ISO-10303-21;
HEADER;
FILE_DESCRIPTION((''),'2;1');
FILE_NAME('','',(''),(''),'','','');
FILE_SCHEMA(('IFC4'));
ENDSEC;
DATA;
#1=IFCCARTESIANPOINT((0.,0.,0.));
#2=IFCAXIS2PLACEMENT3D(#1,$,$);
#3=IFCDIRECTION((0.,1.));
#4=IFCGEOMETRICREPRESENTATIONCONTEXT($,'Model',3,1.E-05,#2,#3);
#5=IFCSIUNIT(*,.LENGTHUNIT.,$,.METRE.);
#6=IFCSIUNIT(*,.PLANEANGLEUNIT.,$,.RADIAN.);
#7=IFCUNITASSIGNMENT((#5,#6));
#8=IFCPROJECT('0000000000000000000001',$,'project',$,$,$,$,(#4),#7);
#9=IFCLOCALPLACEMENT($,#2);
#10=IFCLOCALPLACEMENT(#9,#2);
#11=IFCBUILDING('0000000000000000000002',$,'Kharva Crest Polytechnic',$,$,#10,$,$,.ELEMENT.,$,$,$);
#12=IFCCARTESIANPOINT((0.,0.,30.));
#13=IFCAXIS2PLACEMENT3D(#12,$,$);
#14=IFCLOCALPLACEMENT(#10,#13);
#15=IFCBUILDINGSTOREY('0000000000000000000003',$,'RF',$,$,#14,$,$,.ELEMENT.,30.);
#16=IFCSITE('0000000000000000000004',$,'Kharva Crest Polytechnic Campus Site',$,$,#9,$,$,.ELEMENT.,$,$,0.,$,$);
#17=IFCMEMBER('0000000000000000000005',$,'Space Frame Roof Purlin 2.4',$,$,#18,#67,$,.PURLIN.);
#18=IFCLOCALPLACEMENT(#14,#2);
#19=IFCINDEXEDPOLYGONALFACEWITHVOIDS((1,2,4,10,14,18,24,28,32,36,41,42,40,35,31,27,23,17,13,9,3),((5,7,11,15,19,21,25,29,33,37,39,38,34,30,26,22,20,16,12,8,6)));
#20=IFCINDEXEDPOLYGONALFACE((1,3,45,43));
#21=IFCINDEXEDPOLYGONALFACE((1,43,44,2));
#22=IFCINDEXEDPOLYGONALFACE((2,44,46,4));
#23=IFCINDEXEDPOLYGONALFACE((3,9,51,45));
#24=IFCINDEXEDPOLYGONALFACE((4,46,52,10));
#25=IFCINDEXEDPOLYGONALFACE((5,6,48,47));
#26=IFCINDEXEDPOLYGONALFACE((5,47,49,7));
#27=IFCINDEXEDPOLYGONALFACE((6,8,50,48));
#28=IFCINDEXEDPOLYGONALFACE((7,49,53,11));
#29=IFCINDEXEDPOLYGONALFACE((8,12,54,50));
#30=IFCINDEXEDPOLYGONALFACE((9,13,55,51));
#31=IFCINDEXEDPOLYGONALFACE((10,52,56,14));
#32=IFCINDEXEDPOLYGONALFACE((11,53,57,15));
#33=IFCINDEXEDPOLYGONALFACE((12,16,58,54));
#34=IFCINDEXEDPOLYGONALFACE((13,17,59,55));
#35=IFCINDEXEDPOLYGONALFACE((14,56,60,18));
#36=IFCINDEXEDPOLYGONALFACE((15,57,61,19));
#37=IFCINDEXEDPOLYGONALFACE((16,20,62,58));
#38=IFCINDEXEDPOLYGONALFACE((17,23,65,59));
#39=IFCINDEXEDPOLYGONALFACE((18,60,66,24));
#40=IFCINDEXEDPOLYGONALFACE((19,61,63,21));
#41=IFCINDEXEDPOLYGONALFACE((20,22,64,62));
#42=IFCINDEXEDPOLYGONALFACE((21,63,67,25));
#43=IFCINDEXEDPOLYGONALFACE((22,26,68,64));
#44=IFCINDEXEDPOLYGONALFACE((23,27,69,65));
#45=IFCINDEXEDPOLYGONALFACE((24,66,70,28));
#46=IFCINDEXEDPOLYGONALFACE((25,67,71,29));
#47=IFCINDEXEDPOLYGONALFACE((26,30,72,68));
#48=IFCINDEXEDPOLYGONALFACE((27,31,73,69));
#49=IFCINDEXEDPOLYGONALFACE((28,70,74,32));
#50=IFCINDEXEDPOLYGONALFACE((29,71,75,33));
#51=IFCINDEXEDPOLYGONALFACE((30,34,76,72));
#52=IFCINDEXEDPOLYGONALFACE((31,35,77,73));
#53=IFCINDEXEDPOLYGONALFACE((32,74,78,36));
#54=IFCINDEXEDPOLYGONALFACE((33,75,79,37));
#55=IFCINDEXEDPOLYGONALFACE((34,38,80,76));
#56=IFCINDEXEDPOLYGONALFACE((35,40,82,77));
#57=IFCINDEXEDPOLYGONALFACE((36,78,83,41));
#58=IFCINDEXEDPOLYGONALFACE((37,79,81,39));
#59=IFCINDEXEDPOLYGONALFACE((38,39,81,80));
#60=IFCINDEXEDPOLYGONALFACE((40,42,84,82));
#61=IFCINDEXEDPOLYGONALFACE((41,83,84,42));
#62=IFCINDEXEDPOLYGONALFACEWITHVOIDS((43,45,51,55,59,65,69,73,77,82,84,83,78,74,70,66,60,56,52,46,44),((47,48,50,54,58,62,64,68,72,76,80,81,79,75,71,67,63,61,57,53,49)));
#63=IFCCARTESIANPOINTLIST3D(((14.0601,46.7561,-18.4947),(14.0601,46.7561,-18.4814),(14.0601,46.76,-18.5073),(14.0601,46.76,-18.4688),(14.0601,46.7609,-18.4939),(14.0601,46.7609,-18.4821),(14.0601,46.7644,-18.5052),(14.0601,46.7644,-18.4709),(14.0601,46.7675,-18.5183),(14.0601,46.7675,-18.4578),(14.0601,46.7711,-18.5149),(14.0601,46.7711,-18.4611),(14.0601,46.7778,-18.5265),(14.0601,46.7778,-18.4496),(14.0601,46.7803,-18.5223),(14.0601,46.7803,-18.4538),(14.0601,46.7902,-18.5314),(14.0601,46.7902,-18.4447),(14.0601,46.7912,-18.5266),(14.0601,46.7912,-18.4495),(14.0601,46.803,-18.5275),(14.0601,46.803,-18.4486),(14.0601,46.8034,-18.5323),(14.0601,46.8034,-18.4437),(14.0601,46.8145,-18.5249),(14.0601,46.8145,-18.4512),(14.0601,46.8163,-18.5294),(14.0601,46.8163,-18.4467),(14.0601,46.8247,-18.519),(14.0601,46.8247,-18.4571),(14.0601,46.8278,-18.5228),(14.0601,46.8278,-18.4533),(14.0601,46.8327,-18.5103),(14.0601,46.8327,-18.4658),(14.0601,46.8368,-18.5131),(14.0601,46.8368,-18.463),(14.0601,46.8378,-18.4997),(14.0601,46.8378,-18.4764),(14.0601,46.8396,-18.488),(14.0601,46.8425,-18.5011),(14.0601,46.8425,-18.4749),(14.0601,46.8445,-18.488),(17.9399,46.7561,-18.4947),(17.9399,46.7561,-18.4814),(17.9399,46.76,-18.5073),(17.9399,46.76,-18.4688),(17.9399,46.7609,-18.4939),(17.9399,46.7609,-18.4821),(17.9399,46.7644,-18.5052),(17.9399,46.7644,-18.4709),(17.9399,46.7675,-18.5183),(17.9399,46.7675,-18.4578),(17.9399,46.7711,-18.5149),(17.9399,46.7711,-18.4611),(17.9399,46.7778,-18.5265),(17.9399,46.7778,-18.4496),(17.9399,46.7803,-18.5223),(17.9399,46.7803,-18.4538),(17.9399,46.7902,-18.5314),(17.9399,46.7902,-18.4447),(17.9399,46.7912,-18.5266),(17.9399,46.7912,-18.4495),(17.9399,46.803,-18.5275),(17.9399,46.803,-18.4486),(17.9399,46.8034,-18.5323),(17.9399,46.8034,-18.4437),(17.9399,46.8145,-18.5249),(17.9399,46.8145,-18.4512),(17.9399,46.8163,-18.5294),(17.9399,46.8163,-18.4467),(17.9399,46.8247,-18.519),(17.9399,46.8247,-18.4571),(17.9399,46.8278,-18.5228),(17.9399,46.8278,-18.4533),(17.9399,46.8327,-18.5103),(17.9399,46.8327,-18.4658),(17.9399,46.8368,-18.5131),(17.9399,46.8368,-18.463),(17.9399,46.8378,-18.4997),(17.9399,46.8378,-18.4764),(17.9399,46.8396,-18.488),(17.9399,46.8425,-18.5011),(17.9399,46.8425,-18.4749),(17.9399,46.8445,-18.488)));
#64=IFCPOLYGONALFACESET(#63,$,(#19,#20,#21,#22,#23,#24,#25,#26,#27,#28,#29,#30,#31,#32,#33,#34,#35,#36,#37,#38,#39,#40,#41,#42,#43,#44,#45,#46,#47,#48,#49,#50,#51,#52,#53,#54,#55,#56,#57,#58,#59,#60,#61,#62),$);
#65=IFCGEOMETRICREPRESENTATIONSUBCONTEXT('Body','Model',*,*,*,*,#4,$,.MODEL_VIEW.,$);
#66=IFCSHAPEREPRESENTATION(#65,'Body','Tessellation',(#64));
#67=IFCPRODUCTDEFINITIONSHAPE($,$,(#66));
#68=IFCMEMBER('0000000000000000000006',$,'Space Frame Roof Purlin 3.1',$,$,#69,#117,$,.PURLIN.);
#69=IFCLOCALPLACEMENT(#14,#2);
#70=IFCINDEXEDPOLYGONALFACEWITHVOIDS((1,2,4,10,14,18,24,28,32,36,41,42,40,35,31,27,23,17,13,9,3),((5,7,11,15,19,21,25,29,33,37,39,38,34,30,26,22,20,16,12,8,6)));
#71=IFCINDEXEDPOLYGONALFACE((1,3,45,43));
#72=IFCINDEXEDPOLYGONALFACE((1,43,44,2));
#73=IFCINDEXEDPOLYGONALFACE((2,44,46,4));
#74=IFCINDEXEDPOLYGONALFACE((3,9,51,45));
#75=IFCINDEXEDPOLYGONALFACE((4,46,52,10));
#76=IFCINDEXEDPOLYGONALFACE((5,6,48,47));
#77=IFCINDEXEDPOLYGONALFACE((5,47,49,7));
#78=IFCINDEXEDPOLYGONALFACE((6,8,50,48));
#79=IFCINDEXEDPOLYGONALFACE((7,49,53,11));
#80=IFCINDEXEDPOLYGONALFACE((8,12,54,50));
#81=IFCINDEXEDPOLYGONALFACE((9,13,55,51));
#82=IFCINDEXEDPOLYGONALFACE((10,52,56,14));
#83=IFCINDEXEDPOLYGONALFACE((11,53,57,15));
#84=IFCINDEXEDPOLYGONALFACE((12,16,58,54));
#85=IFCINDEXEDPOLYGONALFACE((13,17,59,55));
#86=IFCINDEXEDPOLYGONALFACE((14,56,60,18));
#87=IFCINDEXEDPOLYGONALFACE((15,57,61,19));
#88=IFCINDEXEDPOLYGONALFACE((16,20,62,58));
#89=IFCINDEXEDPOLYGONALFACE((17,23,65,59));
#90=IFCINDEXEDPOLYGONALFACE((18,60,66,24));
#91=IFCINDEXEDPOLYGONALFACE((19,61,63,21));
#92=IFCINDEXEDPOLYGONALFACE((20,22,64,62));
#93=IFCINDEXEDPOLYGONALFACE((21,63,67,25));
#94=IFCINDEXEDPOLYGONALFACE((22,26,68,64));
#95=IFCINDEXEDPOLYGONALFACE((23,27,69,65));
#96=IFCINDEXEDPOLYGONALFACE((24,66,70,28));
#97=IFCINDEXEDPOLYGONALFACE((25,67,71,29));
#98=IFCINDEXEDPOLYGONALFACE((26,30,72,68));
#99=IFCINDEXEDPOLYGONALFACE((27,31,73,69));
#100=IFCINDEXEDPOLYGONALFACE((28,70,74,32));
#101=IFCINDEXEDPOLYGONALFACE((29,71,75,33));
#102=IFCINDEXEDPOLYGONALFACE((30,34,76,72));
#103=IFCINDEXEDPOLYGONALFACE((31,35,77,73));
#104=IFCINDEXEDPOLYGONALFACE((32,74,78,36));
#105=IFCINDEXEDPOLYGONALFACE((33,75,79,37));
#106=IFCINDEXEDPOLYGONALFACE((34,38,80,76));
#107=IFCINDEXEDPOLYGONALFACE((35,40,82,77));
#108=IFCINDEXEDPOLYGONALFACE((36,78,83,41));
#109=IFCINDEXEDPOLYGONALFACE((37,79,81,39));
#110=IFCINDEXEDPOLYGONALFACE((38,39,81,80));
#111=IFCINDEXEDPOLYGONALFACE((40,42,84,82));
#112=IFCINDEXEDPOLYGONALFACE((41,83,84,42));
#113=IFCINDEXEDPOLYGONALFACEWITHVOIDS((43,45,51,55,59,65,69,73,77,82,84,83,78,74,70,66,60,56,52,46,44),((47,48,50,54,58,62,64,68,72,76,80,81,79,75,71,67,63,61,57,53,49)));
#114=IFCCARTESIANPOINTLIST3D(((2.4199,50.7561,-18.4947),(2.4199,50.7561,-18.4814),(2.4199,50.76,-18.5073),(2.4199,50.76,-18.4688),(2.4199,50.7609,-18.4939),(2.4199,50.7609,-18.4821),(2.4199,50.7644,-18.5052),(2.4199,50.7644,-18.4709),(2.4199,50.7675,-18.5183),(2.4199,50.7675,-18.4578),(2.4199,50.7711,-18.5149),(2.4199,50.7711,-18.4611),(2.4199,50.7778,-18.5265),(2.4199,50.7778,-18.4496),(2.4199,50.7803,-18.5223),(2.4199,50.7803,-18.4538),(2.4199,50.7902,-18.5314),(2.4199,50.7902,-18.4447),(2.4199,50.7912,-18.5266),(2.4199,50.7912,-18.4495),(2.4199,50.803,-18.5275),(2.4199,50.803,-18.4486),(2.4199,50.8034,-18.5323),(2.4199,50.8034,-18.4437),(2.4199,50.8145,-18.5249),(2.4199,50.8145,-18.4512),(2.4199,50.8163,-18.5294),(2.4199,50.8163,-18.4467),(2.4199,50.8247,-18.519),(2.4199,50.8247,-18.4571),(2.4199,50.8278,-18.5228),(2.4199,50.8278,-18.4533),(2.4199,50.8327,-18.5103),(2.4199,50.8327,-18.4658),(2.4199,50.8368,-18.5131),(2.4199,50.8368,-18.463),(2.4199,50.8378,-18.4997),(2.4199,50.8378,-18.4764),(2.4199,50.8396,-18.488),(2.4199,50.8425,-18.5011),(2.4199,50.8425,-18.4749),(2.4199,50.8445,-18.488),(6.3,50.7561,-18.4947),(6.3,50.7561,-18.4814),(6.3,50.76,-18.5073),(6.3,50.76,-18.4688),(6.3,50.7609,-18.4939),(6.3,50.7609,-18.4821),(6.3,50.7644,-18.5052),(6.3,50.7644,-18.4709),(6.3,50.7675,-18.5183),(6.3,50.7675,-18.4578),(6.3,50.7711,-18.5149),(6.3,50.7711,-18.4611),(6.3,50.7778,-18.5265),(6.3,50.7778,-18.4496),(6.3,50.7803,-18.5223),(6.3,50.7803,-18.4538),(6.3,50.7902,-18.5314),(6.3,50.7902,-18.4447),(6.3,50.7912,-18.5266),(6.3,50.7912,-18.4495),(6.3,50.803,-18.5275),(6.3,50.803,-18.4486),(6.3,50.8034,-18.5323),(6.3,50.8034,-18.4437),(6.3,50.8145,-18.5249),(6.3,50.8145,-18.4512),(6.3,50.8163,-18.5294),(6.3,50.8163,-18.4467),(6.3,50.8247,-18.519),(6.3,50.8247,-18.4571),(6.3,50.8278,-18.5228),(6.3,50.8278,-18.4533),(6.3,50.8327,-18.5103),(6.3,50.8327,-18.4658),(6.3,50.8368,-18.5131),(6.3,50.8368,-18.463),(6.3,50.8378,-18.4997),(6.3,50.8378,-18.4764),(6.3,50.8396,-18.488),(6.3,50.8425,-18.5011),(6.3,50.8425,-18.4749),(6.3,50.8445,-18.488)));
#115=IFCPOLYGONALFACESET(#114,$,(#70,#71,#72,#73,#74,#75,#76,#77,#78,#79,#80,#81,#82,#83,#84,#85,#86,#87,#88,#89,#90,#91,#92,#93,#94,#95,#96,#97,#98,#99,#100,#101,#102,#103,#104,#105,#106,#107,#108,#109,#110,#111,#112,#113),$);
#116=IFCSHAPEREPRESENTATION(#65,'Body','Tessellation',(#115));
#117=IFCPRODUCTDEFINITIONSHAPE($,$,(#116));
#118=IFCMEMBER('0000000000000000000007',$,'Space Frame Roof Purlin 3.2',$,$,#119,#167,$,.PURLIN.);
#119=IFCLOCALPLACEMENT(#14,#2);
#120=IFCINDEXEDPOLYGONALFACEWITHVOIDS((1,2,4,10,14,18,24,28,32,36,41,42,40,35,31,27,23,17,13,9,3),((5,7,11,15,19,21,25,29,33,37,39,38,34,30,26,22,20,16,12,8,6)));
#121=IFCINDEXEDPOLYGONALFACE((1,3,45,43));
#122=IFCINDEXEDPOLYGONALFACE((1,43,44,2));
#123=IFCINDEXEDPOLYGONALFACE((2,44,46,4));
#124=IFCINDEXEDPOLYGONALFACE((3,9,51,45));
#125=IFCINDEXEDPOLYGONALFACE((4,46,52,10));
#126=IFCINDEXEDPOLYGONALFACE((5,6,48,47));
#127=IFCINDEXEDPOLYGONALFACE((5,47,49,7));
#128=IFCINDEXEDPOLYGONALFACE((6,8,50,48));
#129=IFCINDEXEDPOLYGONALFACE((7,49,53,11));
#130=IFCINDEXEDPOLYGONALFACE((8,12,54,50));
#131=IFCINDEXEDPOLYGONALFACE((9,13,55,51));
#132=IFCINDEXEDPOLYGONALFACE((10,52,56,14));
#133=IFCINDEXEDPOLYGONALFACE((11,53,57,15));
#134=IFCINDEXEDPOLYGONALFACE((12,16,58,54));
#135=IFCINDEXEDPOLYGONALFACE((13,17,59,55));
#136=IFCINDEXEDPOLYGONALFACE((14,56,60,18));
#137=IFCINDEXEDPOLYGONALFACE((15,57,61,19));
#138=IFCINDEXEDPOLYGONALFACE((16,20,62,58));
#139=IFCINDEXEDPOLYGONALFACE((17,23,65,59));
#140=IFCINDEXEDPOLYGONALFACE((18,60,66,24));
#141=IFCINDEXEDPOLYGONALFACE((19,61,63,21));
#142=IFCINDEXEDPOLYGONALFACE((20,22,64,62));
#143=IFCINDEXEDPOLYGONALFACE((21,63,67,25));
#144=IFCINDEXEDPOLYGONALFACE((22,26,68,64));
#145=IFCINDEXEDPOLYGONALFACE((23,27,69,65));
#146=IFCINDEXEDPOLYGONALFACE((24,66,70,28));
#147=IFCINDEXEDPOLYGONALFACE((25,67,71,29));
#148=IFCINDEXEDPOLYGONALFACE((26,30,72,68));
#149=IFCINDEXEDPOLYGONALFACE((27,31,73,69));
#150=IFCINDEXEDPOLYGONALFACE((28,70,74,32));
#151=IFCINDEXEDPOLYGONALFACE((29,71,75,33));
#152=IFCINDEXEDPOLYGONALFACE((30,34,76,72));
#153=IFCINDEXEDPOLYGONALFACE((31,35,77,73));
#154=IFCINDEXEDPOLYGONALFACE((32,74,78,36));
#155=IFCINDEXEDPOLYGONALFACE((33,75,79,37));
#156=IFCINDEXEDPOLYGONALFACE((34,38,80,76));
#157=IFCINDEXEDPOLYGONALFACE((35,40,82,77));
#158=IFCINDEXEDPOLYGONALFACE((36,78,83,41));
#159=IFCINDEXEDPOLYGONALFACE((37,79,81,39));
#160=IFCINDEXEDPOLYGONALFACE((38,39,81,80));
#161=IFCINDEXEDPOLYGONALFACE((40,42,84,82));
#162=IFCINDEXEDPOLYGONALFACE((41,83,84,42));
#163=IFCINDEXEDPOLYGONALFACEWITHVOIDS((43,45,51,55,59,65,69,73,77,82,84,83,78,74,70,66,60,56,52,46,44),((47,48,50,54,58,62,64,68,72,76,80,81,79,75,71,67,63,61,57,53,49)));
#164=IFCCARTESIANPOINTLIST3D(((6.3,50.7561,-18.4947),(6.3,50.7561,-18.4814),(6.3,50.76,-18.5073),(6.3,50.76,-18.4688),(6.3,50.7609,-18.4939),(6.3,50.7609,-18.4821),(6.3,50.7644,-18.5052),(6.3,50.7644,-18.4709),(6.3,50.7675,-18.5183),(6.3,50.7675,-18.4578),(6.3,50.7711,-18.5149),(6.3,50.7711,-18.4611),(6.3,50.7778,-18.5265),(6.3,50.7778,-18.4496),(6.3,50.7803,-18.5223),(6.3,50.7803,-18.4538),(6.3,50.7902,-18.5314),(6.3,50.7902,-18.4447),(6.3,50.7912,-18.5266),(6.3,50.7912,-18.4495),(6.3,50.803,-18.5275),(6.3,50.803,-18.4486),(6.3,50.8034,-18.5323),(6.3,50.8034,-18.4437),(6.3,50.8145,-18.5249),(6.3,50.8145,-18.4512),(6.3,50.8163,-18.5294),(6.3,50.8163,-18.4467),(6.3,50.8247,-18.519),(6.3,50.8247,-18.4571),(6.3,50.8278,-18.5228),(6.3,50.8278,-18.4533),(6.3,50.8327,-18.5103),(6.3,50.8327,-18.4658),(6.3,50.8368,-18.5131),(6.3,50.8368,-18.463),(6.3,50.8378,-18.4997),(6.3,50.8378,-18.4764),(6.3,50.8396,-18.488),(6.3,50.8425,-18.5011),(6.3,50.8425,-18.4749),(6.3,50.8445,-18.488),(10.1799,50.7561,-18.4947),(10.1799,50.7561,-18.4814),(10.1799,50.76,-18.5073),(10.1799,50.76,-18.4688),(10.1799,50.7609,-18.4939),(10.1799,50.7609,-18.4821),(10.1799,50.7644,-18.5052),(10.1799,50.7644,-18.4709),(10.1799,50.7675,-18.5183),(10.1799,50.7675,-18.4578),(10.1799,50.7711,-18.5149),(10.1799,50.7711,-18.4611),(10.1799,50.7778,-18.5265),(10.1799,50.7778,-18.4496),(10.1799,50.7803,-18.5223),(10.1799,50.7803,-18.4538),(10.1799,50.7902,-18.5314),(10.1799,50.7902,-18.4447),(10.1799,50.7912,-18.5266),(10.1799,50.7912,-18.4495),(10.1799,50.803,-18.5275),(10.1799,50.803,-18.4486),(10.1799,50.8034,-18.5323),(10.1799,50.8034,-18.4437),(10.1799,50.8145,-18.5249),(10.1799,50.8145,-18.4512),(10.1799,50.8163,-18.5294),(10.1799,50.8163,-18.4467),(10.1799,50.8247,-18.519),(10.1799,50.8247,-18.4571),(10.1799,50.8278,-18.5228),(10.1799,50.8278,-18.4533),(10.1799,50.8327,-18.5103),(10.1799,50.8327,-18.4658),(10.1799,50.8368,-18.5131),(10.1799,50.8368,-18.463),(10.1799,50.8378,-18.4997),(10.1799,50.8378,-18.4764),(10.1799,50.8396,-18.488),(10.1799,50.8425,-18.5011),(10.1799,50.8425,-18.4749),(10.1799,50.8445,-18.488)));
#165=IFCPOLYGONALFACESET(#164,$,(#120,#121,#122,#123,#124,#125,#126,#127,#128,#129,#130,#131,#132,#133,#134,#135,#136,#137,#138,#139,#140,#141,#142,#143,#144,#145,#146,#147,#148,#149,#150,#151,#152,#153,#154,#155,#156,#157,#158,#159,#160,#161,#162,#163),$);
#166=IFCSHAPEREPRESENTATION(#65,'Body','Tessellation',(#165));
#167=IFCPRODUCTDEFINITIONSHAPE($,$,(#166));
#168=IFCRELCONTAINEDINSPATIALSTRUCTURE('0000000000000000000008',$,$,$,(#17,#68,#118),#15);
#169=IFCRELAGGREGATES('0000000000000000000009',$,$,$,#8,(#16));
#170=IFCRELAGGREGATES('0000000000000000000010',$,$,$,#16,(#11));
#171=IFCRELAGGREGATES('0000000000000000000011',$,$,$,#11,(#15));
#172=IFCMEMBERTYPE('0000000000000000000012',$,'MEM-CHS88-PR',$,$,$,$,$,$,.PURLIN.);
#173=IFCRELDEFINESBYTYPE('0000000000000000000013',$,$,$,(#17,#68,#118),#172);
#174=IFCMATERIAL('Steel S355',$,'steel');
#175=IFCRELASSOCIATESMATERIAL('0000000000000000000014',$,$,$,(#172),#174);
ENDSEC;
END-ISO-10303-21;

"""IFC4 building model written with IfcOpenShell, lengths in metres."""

from ifc_helpers import new_model, si_unit, direction, frame, origin, origin_2d, place, context, subcontext, project, spatial, hollow_circle, extrude, material, material_profile, profile_set, type_object, element, save


model = new_model("IFC4")

# Units and contexts
model_context = context("Model", 3, precision=1e-05, world=origin(), true_north=direction((0.0, 1.0)))
body_context = subcontext(model_context, "Body", "Model", "MODEL_VIEW")
ifc_project = project(units=[si_unit("LENGTHUNIT", "METRE"), si_unit("PLANEANGLEUNIT", "RADIAN")], contexts=[model_context])

# Site, building, storey
site_placement = place(None, origin())
site = spatial("IfcSite", under=ifc_project, at=site_placement, Name="Kharva Crest Polytechnic Campus Site", CompositionType="ELEMENT", RefElevation=0.0)
building_placement = place(site_placement, origin())
building = spatial("IfcBuilding", under=site, at=building_placement, Name="Kharva Crest Polytechnic", CompositionType="ELEMENT")
storey_placement = place(building_placement, frame((0.0, 0.0, 30.0)))
storey = spatial("IfcBuildingStorey", under=building, at=storey_placement, Name="RF", CompositionType="ELEMENT", Elevation=30.0)

# Members
ifc_material = material(Name="Steel S355", Category="steel")
ifc_material_profile = material_profile(ifc_material, hollow_circle(Radius=0.0444, WallThickness=0.0049, at=origin_2d()), Name="CHS 88.9X5.0")
ifc_profile_set = profile_set([ifc_material_profile], Name="Steel S355")
member_type = type_object("IfcMemberType", Name="MEM-CHS88-PR", PredefinedType="PURLIN", material=ifc_profile_set)
member_1_placement = place(storey_placement, frame((14.0601, 46.8, -18.488), z_axis=(1.0, 0.0, 0.0), x_axis=(0.0, 1.0, 0.0)))
element("IfcMember", 1, at=member_1_placement, inside=storey, type_object=member_type, Name="Space Frame Roof Purlin 2.4", PredefinedType="PURLIN", context=body_context, shape_type="SweptSolid", body=[
    extrude(hollow_circle(Radius=0.0444, WallThickness=0.0049, at=origin_2d()), origin(), (0.0, 0.0, 1.0), 3.8799),
])
member_2_placement = place(storey_placement, frame((2.4199, 50.8, -18.488), z_axis=(1.0, 0.0, 0.0), x_axis=(0.0, 1.0, 0.0)))
element("IfcMember", 2, at=member_2_placement, inside=storey, type_object=member_type, Name="Space Frame Roof Purlin 3.1", PredefinedType="PURLIN", context=body_context, shape_type="SweptSolid", body=[
    extrude(hollow_circle(Radius=0.0444, WallThickness=0.0049, at=origin_2d()), origin(), (0.0, 0.0, 1.0), 3.8801),
])
member_3_placement = place(storey_placement, frame((6.3, 50.8, -18.488), z_axis=(1.0, 0.0, 0.0), x_axis=(0.0, 1.0, 0.0)))
element("IfcMember", 3, at=member_3_placement, inside=storey, type_object=member_type, Name="Space Frame Roof Purlin 3.2", PredefinedType="PURLIN", context=body_context, shape_type="SweptSolid", body=[
    extrude(hollow_circle(Radius=0.0444, WallThickness=0.0049, at=origin_2d()), origin(), (0.0, 0.0, 1.0), 3.8799),
])

save(model, "model.ifc")
